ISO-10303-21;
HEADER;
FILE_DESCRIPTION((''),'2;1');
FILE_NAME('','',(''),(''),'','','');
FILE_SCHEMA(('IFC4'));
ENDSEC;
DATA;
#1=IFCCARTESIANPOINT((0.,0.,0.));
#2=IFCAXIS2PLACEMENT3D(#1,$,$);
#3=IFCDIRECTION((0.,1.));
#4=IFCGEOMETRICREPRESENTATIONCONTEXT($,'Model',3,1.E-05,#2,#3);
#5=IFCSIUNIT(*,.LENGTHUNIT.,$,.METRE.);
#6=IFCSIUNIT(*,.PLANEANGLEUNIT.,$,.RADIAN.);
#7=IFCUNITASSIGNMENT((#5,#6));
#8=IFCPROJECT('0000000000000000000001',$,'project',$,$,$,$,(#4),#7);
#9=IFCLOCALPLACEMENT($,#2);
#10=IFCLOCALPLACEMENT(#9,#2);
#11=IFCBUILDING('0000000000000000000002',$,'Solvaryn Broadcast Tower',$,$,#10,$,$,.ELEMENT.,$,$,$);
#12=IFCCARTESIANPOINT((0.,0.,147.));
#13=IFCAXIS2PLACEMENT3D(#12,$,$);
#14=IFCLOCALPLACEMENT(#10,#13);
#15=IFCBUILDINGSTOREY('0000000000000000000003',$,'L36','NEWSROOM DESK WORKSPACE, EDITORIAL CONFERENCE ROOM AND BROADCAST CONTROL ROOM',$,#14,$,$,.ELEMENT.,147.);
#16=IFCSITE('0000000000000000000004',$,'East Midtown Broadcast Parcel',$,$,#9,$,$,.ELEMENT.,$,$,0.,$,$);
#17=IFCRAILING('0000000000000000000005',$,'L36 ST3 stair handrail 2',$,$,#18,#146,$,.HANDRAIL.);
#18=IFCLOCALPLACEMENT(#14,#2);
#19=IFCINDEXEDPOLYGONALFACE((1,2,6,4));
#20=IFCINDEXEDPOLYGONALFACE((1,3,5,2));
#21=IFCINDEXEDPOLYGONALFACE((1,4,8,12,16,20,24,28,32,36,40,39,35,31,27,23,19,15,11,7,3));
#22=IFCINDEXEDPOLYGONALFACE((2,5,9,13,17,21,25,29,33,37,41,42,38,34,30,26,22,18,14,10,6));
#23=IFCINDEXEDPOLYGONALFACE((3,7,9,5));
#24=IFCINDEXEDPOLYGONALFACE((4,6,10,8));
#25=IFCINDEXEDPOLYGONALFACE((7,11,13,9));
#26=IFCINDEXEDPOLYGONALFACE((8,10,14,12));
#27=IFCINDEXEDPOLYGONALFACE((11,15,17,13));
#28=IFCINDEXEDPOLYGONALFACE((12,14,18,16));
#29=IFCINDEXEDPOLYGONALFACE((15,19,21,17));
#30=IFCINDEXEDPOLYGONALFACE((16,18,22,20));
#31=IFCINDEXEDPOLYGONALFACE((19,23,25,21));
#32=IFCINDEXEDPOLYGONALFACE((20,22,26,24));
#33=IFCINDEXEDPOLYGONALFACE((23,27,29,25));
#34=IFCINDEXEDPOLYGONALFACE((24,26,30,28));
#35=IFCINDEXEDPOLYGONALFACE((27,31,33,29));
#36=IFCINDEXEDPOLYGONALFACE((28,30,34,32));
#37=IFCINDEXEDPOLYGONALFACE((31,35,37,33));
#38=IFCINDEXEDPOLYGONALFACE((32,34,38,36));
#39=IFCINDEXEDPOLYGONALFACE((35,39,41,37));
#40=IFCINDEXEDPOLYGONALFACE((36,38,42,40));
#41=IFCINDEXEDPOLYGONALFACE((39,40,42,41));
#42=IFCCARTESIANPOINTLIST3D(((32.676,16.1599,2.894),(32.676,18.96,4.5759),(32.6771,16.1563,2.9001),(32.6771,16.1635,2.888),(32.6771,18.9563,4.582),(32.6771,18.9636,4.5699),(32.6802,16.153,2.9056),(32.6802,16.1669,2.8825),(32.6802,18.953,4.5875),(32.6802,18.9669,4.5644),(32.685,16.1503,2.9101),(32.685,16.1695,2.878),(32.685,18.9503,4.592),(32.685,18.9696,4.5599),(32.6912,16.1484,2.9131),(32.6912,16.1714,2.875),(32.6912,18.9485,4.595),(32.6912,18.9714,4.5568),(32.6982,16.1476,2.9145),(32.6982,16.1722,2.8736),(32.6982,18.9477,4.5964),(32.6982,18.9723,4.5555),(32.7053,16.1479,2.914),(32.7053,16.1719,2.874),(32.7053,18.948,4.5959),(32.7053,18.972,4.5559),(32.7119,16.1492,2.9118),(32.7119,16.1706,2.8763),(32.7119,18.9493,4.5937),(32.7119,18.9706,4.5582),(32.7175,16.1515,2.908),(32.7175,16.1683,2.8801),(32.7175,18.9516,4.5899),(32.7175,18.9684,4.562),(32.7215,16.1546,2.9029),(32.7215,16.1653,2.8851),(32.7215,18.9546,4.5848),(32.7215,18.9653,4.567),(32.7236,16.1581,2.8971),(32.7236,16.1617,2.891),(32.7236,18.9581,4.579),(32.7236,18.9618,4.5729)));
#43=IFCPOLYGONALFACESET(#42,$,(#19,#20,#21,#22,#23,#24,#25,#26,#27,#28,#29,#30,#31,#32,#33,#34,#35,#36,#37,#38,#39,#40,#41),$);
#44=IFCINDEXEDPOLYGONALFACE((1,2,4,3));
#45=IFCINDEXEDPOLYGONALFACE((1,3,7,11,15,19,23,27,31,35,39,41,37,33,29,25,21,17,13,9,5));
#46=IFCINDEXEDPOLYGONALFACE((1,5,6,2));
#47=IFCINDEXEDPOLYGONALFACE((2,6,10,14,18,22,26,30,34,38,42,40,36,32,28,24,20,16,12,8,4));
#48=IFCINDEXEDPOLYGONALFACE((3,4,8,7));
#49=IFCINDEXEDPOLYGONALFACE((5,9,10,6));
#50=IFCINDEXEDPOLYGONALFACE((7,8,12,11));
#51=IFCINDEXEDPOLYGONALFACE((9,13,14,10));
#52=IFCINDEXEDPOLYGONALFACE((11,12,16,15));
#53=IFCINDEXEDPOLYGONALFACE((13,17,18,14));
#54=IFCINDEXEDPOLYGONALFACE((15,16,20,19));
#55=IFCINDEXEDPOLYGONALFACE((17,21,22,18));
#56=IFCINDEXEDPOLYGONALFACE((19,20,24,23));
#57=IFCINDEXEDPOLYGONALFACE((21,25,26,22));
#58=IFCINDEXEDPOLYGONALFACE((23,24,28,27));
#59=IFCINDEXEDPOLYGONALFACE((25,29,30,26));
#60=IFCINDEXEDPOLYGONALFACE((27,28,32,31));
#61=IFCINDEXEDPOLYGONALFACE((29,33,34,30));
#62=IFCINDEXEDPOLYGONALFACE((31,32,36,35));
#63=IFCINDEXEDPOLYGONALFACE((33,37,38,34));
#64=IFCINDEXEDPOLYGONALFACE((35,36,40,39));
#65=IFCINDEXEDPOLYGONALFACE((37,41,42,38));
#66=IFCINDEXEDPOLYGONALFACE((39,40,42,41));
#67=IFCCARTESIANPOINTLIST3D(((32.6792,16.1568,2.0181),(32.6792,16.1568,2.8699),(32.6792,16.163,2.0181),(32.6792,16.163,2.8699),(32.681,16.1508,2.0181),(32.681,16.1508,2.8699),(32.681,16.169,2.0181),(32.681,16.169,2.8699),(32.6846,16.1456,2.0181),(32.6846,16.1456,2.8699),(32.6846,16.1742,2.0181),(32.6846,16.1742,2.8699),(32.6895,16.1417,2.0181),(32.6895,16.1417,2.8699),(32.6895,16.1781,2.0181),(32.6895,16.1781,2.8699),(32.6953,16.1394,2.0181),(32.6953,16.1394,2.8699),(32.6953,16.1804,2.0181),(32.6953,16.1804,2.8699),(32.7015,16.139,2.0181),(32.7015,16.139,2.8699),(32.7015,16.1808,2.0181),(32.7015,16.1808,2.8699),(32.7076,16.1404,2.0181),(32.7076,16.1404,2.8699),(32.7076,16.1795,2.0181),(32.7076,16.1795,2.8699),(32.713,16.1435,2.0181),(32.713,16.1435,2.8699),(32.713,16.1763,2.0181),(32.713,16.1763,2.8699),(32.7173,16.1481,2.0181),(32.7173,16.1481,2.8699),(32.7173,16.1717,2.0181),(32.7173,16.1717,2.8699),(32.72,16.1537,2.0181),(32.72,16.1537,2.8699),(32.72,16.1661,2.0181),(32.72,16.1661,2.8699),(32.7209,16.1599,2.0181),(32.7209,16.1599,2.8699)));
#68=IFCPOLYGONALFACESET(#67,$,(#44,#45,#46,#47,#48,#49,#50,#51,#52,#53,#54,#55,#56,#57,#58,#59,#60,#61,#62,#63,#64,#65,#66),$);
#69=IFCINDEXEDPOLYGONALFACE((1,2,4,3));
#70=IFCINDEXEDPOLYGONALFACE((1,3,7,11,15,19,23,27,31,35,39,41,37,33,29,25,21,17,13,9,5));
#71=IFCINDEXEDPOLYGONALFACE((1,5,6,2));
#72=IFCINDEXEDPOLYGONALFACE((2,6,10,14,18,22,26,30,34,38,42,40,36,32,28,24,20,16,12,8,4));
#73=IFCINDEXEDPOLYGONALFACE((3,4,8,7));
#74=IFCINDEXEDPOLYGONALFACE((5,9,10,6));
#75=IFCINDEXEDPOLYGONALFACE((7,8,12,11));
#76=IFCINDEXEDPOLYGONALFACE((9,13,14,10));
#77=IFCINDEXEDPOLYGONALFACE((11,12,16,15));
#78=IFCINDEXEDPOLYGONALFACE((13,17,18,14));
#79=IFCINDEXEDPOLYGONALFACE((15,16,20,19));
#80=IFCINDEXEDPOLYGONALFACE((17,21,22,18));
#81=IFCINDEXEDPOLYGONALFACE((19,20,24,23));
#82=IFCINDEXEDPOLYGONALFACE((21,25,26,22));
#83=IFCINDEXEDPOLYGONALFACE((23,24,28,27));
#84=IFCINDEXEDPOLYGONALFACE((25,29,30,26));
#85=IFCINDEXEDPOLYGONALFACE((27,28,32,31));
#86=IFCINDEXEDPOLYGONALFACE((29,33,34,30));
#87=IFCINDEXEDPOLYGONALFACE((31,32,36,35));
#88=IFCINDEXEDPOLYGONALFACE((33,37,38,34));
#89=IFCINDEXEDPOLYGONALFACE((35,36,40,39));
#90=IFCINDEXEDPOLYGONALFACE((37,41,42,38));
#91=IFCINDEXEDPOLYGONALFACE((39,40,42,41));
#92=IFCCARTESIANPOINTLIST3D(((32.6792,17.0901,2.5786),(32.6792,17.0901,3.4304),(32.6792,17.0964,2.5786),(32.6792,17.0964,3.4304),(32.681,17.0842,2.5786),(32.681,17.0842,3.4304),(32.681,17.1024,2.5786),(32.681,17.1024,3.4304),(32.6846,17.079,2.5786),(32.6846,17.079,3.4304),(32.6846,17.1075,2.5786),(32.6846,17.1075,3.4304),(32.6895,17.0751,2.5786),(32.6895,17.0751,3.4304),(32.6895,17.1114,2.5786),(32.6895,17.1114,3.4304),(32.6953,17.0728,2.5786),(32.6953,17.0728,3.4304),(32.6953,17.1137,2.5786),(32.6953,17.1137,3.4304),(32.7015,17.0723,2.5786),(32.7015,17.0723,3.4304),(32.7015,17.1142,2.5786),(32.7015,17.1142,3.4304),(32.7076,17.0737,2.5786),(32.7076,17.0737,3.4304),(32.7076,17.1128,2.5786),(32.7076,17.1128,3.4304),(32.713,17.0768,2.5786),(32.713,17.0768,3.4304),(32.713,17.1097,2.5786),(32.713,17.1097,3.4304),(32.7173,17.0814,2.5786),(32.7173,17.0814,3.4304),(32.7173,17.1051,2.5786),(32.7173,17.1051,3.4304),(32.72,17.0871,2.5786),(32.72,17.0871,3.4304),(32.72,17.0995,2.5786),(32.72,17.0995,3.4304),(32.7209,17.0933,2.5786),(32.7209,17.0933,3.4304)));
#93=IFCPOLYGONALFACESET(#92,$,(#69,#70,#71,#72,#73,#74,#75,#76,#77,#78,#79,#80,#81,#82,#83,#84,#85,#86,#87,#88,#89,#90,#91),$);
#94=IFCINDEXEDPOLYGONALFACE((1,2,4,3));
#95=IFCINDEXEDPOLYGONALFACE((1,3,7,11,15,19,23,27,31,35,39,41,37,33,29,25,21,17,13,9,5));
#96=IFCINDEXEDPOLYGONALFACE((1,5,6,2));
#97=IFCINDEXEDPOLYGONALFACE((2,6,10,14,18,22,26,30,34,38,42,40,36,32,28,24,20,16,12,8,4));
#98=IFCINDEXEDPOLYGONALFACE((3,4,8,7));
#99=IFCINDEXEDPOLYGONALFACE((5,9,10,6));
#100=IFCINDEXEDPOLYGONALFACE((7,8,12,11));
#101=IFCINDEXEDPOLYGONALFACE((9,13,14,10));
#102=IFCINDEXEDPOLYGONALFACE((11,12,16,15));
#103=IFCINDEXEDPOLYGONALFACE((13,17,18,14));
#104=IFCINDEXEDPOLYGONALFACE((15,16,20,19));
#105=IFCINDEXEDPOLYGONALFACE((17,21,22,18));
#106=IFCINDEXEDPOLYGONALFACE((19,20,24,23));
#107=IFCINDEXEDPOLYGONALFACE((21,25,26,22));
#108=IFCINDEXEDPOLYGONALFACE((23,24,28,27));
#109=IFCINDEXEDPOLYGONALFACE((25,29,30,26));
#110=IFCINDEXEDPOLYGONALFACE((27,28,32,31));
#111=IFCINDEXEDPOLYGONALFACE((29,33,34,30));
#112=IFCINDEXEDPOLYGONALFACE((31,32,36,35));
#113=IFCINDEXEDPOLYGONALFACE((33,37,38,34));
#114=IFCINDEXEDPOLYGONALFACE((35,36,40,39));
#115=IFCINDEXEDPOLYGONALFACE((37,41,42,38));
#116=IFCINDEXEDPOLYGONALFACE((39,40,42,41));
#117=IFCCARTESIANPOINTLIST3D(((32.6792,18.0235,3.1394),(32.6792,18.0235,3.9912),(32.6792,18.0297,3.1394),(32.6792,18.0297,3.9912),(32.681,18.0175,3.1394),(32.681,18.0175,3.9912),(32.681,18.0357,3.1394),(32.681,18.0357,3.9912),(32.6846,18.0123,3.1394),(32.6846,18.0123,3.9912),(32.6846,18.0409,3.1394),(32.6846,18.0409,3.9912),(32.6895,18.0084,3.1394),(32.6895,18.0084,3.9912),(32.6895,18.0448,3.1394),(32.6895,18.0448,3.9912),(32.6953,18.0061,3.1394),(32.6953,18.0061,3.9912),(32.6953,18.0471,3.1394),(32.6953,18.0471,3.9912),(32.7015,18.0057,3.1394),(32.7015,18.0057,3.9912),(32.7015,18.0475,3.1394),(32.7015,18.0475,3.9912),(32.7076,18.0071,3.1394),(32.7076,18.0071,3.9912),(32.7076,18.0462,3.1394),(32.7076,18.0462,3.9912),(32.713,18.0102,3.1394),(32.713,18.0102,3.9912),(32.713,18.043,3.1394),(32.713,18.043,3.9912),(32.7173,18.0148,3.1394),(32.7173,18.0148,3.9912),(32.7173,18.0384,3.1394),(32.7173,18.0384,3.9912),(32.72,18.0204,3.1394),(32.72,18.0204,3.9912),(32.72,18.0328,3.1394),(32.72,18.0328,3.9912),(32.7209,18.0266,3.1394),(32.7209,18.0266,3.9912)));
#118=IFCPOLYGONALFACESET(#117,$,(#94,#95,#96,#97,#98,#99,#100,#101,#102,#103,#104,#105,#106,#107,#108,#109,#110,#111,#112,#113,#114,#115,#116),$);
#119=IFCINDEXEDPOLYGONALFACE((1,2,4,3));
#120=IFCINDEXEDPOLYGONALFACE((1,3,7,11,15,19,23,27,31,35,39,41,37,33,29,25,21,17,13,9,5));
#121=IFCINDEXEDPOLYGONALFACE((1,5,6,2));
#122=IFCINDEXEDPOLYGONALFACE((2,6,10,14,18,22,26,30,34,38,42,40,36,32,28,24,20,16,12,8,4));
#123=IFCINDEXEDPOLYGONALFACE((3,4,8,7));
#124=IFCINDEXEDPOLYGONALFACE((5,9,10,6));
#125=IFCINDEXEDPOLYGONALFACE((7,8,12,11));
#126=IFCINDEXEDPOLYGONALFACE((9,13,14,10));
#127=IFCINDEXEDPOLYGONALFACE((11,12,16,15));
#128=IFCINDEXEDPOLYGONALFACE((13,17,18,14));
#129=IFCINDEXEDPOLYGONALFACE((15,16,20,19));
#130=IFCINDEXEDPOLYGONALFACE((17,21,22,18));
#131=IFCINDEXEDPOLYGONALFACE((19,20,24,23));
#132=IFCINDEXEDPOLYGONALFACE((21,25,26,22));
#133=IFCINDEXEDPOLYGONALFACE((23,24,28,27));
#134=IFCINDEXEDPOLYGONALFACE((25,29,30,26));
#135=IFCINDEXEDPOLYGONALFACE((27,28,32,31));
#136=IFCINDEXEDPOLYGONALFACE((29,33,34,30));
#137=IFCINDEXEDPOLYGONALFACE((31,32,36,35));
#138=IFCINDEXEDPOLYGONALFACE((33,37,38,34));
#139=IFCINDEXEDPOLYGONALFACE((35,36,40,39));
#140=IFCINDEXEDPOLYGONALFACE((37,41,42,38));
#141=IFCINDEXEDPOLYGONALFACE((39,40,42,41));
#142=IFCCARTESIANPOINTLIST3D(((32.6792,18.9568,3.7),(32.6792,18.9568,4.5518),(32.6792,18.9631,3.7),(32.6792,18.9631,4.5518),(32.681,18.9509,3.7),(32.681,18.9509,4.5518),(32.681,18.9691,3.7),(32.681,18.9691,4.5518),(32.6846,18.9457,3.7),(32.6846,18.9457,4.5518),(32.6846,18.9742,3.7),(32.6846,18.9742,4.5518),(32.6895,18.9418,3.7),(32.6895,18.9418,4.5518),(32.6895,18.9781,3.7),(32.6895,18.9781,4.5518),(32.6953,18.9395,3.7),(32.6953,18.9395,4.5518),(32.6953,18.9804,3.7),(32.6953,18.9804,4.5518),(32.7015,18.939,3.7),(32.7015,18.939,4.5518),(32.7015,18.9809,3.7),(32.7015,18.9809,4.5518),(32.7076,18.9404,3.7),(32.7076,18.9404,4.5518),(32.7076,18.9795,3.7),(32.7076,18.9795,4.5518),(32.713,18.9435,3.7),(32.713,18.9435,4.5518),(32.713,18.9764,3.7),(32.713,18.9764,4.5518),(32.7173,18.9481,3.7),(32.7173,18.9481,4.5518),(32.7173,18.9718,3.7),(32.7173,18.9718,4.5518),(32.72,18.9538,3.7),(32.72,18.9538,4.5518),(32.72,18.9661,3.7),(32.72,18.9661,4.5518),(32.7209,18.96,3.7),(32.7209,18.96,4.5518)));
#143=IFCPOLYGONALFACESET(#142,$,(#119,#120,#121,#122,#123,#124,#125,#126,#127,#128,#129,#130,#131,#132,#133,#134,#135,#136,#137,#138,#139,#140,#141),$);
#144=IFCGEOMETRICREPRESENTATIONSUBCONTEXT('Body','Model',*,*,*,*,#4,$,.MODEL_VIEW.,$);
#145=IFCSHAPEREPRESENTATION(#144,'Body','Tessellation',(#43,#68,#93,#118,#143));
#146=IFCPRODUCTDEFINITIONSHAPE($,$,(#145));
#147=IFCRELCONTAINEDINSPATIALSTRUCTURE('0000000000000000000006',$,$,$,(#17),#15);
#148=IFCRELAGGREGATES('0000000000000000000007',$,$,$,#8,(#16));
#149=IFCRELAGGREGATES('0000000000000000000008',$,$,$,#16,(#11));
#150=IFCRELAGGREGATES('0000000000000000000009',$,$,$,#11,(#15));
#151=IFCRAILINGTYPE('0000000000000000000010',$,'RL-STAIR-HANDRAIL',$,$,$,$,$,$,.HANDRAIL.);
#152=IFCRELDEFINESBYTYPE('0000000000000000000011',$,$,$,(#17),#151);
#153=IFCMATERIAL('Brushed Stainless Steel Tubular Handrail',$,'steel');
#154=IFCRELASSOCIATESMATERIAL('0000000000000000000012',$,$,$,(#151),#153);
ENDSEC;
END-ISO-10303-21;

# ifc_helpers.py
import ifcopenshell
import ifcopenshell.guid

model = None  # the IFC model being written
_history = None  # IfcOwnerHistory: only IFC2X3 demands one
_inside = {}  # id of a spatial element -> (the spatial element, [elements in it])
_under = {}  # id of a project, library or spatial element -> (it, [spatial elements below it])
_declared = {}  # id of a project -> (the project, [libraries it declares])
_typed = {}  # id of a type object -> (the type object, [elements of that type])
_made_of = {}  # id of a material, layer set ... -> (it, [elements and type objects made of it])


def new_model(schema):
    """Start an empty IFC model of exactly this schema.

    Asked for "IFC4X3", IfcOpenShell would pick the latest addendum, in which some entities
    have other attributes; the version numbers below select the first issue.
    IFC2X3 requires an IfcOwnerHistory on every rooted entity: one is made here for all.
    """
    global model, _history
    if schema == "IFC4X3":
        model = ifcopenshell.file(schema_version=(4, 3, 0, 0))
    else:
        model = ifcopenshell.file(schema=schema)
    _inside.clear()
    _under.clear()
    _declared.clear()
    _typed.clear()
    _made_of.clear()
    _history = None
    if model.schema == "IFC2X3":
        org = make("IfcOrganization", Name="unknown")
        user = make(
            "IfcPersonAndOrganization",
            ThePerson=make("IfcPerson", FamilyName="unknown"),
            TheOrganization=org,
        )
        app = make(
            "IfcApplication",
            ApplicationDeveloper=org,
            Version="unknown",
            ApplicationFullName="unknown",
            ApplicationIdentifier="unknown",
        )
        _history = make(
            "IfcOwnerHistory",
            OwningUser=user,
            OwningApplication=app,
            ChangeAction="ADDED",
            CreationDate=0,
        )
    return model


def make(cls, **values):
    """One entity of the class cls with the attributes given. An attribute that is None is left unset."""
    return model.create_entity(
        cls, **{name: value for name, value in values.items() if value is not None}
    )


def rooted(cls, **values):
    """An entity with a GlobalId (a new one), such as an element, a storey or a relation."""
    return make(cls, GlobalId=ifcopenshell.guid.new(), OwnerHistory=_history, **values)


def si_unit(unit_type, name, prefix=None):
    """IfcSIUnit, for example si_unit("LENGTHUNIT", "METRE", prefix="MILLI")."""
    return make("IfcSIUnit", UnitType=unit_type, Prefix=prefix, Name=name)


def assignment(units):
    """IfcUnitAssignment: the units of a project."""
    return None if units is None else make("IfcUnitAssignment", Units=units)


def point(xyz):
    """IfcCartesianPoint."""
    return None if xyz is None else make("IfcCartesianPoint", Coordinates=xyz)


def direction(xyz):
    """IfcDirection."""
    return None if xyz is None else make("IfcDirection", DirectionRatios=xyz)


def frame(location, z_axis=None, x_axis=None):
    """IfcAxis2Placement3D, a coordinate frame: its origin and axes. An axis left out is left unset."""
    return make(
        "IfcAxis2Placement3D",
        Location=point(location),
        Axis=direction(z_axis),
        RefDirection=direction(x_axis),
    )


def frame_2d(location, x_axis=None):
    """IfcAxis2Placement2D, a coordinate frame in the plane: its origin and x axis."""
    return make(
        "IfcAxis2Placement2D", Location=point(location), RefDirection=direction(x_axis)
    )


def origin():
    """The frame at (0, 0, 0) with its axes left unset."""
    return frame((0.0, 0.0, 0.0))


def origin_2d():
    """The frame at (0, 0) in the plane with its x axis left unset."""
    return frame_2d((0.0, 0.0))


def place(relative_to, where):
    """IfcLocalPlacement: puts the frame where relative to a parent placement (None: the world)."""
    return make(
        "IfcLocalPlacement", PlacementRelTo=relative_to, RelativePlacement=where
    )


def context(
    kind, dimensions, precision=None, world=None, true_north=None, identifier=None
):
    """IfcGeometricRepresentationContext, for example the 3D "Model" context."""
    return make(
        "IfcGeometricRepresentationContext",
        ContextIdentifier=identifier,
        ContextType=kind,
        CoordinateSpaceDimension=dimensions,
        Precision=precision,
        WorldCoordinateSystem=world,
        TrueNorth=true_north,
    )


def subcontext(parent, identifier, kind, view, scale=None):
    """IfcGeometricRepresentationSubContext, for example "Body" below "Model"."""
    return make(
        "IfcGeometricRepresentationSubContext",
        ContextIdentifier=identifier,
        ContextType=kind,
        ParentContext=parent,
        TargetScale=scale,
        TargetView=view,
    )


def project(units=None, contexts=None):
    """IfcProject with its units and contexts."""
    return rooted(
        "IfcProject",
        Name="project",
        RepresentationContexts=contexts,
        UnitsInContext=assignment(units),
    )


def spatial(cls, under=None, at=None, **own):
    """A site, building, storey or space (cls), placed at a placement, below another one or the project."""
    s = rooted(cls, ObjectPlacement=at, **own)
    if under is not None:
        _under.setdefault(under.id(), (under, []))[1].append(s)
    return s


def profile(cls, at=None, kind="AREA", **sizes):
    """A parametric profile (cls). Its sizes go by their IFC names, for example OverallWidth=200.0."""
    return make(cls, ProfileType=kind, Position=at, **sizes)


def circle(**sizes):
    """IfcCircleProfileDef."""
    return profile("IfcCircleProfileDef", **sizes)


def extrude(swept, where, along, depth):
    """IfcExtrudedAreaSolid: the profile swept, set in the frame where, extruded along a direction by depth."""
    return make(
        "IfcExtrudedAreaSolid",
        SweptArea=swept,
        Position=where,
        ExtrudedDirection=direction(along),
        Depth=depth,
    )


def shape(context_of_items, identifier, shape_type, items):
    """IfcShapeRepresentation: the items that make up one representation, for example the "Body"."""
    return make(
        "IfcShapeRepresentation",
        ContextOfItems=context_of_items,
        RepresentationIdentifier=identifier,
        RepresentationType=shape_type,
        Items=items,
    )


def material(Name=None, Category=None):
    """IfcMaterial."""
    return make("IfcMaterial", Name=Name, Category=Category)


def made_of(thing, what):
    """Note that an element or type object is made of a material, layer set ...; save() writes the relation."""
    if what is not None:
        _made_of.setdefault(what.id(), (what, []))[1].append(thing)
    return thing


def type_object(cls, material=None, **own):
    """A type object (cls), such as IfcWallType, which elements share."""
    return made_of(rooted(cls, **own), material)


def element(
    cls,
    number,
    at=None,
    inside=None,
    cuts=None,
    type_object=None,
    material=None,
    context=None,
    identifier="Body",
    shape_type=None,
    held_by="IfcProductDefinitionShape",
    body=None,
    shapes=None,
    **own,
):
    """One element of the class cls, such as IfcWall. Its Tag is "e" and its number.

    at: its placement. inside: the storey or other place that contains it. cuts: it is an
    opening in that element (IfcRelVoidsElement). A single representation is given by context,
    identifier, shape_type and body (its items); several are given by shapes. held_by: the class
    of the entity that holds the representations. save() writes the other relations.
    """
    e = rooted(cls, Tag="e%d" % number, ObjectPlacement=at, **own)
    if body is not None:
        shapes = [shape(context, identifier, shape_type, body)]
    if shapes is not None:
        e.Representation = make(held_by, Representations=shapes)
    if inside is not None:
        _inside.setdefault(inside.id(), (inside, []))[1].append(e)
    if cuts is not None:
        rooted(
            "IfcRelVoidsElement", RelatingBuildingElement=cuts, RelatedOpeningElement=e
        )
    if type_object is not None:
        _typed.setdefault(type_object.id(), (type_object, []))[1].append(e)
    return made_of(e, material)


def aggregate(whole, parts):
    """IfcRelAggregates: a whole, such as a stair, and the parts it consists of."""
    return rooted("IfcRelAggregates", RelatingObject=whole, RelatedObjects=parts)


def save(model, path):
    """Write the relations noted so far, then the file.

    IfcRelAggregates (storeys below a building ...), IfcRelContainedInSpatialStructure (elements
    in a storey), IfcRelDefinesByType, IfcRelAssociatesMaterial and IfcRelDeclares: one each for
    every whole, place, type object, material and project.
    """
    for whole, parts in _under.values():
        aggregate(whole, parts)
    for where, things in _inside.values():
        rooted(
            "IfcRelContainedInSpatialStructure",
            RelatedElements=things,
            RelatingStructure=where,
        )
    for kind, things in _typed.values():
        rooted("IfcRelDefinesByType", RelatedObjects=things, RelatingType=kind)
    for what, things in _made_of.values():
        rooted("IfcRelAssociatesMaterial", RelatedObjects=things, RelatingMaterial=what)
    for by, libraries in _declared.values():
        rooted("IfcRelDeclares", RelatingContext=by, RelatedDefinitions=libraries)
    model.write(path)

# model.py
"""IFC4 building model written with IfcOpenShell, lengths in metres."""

from ifc_helpers import new_model, si_unit, direction, frame, origin, origin_2d, place, context, subcontext, project, spatial, circle, extrude, material, type_object, element, save


model = new_model("IFC4")

# Units and contexts
model_context = context("Model", 3, precision=1e-05, world=origin(), true_north=direction((0.0, 1.0)))
body_context = subcontext(model_context, "Body", "Model", "MODEL_VIEW")
ifc_project = project(units=[si_unit("LENGTHUNIT", "METRE"), si_unit("PLANEANGLEUNIT", "RADIAN")], contexts=[model_context])

# Site, building, storey
site_placement = place(None, origin())
site = spatial("IfcSite", under=ifc_project, at=site_placement, Name="East Midtown Broadcast Parcel", CompositionType="ELEMENT", RefElevation=0.0)
building_placement = place(site_placement, origin())
building = spatial("IfcBuilding", under=site, at=building_placement, Name="Solvaryn Broadcast Tower", CompositionType="ELEMENT")
storey_placement = place(building_placement, frame((0.0, 0.0, 147.0)))
storey = spatial("IfcBuildingStorey", under=building, at=storey_placement, Name="L36", Description="NEWSROOM DESK WORKSPACE, EDITORIAL CONFERENCE ROOM AND BROADCAST CONTROL ROOM", CompositionType="ELEMENT", Elevation=147.0)

# Railing
ifc_material_1 = material(Name="Brushed Stainless Steel Tubular Handrail", Category="steel")
railing_type_1 = type_object("IfcRailingType", Name="RL-STAIR-HANDRAIL", PredefinedType="HANDRAIL", material=ifc_material_1)
railing_1_placement = place(storey_placement, frame((32.7, 16.1599, 2.0181)))
element("IfcRailing", 1, at=railing_1_placement, inside=storey, type_object=railing_type_1, Name="L36 ST3 stair handrail 2", PredefinedType="HANDRAIL", context=body_context, shape_type="SweptSolid", body=[
    extrude(circle(Radius=0.0239, at=origin_2d()), frame((0.0, 0.0, 0.876), z_axis=(0.0, 0.857242, 0.514913), x_axis=(-1.0, 0.0, 0.0)), (0.0, 0.0, 1.0), 3.2664),
    extrude(circle(Radius=0.021, at=origin_2d()), origin(), (0.0, 0.0, 1.0), 0.8518),
    extrude(circle(Radius=0.021, at=origin_2d()), frame((0.0, 0.9333, 0.5605)), (0.0, 0.0, 1.0), 0.8518),
    extrude(circle(Radius=0.021, at=origin_2d()), frame((0.0, 1.8667, 1.1213)), (0.0, 0.0, 1.0), 0.8518),
    extrude(circle(Radius=0.021, at=origin_2d()), frame((0.0, 2.8, 1.6819)), (0.0, 0.0, 1.0), 0.8518),
])

save(model, "model.ifc")
